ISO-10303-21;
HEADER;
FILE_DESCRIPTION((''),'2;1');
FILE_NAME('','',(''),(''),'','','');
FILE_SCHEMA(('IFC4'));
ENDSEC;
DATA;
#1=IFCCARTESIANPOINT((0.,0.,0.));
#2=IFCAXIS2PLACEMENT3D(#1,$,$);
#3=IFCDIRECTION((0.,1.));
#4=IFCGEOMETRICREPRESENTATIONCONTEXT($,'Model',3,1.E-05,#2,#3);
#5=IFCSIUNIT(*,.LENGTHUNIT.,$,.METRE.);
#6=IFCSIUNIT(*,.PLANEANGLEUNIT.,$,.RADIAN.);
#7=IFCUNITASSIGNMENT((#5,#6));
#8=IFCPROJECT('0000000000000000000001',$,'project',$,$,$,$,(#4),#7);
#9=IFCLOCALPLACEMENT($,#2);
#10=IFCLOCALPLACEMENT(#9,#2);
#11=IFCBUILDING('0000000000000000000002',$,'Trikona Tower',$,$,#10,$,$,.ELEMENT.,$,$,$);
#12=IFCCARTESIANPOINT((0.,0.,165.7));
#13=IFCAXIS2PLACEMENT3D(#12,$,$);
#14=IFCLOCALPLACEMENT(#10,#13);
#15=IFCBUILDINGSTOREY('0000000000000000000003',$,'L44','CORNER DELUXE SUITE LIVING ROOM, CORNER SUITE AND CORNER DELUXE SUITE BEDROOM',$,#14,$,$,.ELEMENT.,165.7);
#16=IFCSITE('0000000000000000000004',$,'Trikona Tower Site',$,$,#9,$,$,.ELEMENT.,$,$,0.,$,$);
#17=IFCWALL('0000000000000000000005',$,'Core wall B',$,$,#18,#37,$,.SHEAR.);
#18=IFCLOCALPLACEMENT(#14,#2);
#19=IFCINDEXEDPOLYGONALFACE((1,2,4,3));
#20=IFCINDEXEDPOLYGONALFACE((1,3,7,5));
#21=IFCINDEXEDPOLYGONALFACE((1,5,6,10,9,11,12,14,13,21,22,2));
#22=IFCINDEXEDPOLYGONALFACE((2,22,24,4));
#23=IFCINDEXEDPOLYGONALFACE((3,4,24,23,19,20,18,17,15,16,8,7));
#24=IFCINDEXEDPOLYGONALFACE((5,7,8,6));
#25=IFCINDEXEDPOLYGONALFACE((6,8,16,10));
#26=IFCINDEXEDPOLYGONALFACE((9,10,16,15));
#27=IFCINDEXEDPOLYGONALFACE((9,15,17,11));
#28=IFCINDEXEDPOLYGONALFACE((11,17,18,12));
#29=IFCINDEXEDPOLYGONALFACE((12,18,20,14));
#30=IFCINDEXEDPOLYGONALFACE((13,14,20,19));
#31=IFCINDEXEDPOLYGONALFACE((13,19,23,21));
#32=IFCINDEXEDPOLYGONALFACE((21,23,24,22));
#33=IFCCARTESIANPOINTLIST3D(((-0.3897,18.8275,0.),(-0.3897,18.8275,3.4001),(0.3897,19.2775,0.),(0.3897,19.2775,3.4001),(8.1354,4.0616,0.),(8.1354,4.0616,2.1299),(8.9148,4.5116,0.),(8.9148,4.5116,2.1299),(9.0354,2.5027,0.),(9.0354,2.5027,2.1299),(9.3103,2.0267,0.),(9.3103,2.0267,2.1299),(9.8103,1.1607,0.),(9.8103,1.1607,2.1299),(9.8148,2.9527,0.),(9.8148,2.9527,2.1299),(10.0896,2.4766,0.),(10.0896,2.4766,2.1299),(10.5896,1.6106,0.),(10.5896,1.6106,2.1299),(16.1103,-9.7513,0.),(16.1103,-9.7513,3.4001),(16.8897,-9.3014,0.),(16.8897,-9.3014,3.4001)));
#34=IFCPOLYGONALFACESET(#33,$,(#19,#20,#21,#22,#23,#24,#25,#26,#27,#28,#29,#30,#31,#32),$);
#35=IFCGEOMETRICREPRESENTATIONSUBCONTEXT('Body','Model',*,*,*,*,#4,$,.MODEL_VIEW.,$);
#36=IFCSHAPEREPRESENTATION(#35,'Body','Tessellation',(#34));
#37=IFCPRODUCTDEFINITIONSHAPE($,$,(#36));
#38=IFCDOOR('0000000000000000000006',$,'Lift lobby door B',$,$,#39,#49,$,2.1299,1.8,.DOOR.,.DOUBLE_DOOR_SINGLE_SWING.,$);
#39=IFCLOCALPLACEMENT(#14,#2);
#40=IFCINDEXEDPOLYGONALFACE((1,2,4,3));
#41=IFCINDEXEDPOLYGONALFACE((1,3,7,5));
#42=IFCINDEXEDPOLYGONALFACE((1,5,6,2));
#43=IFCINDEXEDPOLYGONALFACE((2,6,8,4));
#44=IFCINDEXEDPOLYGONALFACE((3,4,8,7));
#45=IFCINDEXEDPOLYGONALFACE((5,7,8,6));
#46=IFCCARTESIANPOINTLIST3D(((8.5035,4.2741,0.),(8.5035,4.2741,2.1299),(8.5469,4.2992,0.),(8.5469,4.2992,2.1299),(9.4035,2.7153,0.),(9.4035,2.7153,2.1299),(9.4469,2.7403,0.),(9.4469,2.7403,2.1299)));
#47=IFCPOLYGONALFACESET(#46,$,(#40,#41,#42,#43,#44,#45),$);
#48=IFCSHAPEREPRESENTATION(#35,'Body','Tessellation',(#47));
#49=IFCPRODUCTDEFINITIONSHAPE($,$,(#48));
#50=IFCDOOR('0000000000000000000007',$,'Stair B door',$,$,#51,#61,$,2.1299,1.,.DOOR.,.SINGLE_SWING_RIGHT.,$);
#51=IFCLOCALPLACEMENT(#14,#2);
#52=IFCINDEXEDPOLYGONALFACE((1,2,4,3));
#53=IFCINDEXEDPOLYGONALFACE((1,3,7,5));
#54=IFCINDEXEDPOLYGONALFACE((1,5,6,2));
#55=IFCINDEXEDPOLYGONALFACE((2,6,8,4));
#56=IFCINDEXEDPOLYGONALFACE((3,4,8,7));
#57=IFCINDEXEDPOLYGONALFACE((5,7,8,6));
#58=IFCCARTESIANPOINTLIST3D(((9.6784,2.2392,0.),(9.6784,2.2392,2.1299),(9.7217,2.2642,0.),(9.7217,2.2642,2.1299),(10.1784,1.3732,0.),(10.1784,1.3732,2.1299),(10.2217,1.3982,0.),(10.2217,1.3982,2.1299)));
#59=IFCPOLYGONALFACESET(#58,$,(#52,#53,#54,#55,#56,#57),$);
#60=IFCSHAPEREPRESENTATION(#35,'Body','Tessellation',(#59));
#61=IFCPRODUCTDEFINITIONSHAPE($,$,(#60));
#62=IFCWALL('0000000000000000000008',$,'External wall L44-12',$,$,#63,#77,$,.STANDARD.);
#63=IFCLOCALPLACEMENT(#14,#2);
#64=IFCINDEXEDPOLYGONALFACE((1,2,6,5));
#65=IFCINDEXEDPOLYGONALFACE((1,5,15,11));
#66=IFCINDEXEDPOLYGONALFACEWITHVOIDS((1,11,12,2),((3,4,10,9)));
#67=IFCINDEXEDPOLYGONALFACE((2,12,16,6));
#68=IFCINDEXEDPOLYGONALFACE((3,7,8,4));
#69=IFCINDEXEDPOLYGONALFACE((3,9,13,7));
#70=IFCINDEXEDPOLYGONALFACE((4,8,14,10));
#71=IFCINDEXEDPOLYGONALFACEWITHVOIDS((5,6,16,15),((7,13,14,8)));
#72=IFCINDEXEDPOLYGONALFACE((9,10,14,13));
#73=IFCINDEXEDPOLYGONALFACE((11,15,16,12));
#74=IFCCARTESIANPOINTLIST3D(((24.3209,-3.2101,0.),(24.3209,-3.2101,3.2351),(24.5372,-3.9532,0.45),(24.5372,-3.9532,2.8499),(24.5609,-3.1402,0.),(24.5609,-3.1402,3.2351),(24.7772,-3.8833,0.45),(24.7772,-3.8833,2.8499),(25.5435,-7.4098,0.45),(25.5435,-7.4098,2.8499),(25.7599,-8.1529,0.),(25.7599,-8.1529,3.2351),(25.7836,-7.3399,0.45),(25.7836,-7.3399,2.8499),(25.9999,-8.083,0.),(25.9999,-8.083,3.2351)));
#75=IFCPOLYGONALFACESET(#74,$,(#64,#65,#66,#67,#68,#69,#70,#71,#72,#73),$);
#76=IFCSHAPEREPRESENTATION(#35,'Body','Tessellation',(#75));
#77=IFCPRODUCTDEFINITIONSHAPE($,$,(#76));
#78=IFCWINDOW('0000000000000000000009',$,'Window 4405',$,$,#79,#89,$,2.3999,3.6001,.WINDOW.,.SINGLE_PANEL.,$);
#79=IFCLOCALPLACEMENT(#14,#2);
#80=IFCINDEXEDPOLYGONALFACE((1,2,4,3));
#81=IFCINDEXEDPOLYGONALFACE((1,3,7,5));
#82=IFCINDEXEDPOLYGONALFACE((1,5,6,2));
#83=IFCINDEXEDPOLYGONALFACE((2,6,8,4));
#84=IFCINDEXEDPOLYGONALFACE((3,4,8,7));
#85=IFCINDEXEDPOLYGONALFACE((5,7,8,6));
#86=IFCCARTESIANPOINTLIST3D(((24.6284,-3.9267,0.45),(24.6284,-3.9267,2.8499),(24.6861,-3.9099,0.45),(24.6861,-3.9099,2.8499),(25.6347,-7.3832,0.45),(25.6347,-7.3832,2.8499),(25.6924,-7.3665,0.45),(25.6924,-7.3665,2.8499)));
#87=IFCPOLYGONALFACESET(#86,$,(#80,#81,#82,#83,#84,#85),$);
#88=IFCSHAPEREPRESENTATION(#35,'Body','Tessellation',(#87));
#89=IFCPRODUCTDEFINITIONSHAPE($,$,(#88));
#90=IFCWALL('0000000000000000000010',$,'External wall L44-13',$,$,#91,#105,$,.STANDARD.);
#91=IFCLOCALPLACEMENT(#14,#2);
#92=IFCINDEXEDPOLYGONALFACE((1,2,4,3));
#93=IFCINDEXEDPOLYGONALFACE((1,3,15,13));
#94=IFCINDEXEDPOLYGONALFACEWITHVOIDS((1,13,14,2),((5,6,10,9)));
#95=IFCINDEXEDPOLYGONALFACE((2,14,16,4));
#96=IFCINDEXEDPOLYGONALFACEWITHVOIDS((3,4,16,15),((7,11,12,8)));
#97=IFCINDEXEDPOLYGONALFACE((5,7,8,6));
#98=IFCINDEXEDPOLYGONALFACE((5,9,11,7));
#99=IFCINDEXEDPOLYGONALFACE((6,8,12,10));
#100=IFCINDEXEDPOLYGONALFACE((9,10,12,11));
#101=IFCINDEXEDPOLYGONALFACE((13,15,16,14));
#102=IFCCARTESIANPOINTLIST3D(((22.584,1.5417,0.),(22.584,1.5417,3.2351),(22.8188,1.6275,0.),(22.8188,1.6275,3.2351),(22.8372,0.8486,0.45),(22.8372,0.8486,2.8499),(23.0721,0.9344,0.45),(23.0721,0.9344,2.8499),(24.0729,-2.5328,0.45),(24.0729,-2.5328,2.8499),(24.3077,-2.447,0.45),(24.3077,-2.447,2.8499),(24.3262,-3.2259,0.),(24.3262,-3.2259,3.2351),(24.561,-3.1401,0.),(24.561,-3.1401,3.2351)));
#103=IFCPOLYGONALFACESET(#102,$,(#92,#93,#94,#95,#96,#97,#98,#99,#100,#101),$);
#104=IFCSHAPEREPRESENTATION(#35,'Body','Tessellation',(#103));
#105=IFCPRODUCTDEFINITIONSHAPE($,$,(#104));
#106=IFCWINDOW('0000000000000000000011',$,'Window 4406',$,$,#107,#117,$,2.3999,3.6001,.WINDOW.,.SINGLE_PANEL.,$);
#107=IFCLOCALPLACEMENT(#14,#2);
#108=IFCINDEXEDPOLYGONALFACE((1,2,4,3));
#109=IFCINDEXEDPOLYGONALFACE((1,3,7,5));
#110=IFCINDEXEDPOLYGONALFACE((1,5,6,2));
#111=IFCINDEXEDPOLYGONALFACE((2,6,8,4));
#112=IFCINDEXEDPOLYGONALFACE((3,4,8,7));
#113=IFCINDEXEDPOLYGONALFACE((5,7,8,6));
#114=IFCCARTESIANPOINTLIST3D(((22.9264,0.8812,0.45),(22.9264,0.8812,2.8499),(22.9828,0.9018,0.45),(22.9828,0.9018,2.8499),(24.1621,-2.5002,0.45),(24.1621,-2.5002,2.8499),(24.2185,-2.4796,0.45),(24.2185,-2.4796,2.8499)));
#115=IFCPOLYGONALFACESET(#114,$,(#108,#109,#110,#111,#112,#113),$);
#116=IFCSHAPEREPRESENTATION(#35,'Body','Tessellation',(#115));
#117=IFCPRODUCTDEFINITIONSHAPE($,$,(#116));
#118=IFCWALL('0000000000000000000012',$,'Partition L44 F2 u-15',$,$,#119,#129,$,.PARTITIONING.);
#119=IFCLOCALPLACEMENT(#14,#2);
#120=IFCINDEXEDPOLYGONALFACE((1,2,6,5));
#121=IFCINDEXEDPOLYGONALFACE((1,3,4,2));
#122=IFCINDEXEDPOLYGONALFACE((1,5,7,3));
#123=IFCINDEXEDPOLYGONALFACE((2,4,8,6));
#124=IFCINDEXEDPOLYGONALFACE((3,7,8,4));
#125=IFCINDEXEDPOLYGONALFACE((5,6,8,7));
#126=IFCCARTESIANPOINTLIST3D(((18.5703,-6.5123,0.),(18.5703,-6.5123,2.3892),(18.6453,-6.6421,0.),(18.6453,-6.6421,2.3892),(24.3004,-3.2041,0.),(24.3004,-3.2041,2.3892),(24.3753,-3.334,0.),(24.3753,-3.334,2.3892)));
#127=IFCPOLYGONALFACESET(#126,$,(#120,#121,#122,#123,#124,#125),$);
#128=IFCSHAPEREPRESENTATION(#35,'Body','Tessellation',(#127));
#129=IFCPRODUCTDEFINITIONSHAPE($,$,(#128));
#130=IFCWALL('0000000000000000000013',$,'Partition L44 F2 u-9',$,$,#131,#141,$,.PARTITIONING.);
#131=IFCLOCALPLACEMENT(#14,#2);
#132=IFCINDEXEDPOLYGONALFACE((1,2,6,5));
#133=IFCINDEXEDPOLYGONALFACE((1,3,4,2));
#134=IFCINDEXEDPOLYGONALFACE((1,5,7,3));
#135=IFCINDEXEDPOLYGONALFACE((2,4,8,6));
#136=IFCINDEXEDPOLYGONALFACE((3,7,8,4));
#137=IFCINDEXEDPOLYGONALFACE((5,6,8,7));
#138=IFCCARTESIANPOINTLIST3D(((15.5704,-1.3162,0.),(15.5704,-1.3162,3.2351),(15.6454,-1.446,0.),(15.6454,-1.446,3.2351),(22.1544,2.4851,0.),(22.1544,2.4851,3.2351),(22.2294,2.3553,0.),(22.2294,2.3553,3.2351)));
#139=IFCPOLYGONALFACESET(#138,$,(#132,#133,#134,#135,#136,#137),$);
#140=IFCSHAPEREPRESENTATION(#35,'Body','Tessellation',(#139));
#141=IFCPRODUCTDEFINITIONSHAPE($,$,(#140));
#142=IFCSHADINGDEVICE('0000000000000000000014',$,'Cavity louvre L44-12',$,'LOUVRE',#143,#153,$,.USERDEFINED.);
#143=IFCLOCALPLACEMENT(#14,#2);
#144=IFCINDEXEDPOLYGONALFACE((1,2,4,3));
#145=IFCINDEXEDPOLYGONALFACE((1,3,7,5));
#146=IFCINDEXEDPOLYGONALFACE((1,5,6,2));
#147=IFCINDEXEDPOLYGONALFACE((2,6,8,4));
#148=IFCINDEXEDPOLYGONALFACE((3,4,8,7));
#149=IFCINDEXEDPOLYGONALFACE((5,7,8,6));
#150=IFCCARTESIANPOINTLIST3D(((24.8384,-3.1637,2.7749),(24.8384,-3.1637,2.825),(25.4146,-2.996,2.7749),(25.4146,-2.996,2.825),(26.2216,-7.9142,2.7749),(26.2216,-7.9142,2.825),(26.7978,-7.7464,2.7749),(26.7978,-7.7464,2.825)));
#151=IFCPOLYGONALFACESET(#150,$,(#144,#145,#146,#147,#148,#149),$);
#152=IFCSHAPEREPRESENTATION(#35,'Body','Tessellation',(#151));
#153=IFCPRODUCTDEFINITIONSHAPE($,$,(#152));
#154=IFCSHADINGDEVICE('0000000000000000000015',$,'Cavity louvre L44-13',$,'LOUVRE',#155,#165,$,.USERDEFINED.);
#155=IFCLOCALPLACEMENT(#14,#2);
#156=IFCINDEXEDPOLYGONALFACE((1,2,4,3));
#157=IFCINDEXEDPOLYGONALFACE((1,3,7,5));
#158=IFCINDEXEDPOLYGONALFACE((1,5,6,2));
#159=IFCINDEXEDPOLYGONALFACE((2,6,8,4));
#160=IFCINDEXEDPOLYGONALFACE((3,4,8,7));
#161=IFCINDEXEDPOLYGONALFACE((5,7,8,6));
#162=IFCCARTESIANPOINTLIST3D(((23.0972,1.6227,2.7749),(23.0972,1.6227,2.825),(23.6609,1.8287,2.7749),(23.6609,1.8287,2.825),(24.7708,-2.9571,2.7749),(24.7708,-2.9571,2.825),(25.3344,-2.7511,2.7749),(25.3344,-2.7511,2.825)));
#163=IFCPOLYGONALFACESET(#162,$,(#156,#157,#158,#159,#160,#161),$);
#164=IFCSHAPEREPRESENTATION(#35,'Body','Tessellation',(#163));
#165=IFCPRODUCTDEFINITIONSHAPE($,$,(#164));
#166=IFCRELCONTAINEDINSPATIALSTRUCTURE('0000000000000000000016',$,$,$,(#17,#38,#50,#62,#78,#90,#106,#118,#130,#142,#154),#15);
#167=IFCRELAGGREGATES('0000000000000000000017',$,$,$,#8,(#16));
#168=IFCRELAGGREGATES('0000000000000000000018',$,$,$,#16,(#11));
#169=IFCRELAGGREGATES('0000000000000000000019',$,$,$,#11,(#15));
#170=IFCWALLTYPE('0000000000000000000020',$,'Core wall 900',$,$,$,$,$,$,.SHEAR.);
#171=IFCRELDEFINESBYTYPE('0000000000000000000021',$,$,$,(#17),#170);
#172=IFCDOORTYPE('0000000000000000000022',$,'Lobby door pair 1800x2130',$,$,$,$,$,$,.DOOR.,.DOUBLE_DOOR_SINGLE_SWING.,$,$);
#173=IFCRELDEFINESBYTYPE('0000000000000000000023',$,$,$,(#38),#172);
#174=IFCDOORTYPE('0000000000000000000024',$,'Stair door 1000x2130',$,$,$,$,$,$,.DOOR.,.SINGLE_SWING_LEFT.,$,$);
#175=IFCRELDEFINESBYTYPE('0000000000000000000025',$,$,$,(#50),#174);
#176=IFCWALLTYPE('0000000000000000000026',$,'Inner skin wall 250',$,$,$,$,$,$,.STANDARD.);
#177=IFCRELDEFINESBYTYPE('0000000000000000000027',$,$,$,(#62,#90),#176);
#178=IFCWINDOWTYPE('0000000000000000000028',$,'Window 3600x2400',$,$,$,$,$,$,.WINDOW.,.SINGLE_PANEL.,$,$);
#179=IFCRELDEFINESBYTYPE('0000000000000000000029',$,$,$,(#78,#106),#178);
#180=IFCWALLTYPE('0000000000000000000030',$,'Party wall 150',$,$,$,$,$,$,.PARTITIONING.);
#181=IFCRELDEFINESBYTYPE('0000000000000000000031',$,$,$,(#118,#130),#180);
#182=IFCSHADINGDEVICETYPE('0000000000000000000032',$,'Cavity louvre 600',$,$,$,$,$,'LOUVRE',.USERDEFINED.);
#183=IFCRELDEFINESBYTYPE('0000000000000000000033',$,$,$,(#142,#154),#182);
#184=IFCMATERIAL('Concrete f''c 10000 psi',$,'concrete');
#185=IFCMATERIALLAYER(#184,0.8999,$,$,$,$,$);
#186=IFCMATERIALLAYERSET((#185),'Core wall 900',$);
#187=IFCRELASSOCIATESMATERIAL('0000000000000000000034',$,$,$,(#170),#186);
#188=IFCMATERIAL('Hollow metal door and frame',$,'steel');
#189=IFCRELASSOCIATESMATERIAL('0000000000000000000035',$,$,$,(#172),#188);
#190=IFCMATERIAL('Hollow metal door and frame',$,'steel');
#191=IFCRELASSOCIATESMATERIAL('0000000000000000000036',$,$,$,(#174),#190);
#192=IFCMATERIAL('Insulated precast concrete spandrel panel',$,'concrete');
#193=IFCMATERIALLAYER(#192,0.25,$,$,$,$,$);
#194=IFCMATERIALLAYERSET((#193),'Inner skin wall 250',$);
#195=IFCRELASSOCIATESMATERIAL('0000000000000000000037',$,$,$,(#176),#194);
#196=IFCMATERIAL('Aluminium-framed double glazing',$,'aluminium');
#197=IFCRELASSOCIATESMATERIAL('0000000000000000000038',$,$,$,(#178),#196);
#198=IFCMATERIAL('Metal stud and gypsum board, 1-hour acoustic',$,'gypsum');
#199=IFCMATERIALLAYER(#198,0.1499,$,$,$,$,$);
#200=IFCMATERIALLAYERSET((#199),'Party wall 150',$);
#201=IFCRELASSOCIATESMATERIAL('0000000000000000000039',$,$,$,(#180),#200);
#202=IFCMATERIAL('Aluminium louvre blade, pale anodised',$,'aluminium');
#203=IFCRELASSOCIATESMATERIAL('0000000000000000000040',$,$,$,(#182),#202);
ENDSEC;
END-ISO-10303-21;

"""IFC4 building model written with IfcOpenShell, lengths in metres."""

from ifc_helpers import new_model, si_unit, direction, frame, frame_2d, origin, origin_2d, place, context, subcontext, project, spatial, rectangle, extrude, material, layer, layer_set, type_object, element, fill, save


model = new_model("IFC4")

# Units and contexts
model_context = context("Model", 3, precision=1e-05, world=origin(), true_north=direction((0.0, 1.0)))
body_context = subcontext(model_context, "Body", "Model", "MODEL_VIEW")
ifc_project = project(units=[si_unit("LENGTHUNIT", "METRE"), si_unit("PLANEANGLEUNIT", "RADIAN")], contexts=[model_context])

# Site, building, storey
site_placement = place(None, origin())
site = spatial("IfcSite", under=ifc_project, at=site_placement, Name="Trikona Tower Site", CompositionType="ELEMENT", RefElevation=0.0)
building_placement = place(site_placement, origin())
building = spatial("IfcBuilding", under=site, at=building_placement, Name="Trikona Tower", CompositionType="ELEMENT")
storey_placement = place(building_placement, frame((0.0, 0.0, 165.7)))
storey = spatial("IfcBuildingStorey", under=building, at=storey_placement, Name="L44", Description="CORNER DELUXE SUITE LIVING ROOM, CORNER SUITE AND CORNER DELUXE SUITE BEDROOM", CompositionType="ELEMENT", Elevation=165.7)

# Wall, openings, doors
ifc_material_1 = material(Name="Concrete f'c 10000 psi", Category="concrete")
ifc_layer_1 = layer(ifc_material_1, 0.8999)
ifc_layer_set_1 = layer_set([ifc_layer_1], Name="Core wall 900")
wall_type_1 = type_object("IfcWallType", Name="Core wall 900", PredefinedType="SHEAR", material=ifc_layer_set_1)
wall_1_placement = place(storey_placement, frame((16.5, -9.5264, 0.0), z_axis=(0.0, 0.0, 1.0), x_axis=(-0.5, 0.866026, 0.0)))
wall_1 = element("IfcWall", 1, at=wall_1_placement, inside=storey, type_object=wall_type_1, Name="Core wall B", PredefinedType="SHEAR", context=body_context, shape_type="SweptSolid", body=[
    extrude(rectangle(XDim=33.0, YDim=0.8999, at=frame_2d((16.5, 0.0))), origin(), (0.0, 0.0, 1.0), 3.4001),
])
opening_1_placement = place(wall_1_placement, frame((14.1499, 0.0, 0.0)))
opening_1 = element("IfcOpeningElement", 2, at=opening_1_placement, cuts=wall_1, PredefinedType="OPENING", context=body_context, shape_type="SweptSolid", body=[
    extrude(rectangle(XDim=1.8, YDim=2.1299, at=frame_2d((0.8999, 1.0649))), frame((0.0, 0.46, 0.0), z_axis=(0.0, -1.0, 0.0), x_axis=(1.0, 0.0, 0.0)), (0.0, 0.0, 1.0), 0.9199),
])
opening_2_placement = place(wall_1_placement, frame((12.6001, 0.0, 0.0)))
opening_2 = element("IfcOpeningElement", 3, at=opening_2_placement, cuts=wall_1, PredefinedType="OPENING", context=body_context, shape_type="SweptSolid", body=[
    extrude(rectangle(XDim=1.0, YDim=2.1299, at=frame_2d((0.5, 1.0649))), frame((0.0, 0.46, 0.0), z_axis=(0.0, -1.0, 0.0), x_axis=(1.0, 0.0, 0.0)), (0.0, 0.0, 1.0), 0.9199),
])
ifc_material_2 = material(Name="Hollow metal door and frame", Category="steel")
door_type_1 = type_object("IfcDoorType", Name="Lobby door pair 1800x2130", OperationType="DOUBLE_DOOR_SINGLE_SWING", PredefinedType="DOOR", material=ifc_material_2)
door_1_placement = place(opening_1_placement, origin())
door_1 = element("IfcDoor", 4, at=door_1_placement, inside=storey, type_object=door_type_1, Name="Lift lobby door B", OperationType="DOUBLE_DOOR_SINGLE_SWING", OverallHeight=2.1299, OverallWidth=1.8, PredefinedType="DOOR", context=body_context, shape_type="SweptSolid", body=[
    extrude(rectangle(XDim=1.8, YDim=2.1299, at=frame_2d((0.8999, 1.0649))), frame((0.0, 0.0249, 0.0), z_axis=(0.0, -1.0, 0.0), x_axis=(1.0, 0.0, 0.0)), (0.0, 0.0, 1.0), 0.05),
])
fill(opening_1, door_1)
ifc_material_3 = material(Name="Hollow metal door and frame", Category="steel")
door_type_2 = type_object("IfcDoorType", Name="Stair door 1000x2130", OperationType="SINGLE_SWING_LEFT", PredefinedType="DOOR", material=ifc_material_3)
door_2_placement = place(opening_2_placement, origin())
door_2 = element("IfcDoor", 5, at=door_2_placement, inside=storey, type_object=door_type_2, Name="Stair B door", OperationType="SINGLE_SWING_RIGHT", OverallHeight=2.1299, OverallWidth=1.0, PredefinedType="DOOR", context=body_context, shape_type="SweptSolid", body=[
    extrude(rectangle(XDim=1.0, YDim=2.1299, at=frame_2d((0.5, 1.0649))), frame((0.0, 0.0249, 0.0), z_axis=(0.0, -1.0, 0.0), x_axis=(1.0, 0.0, 0.0)), (0.0, 0.0, 1.0), 0.05),
])
fill(opening_2, door_2)

# Walls, openings, windows
ifc_material_4 = material(Name="Insulated precast concrete spandrel panel", Category="concrete")
ifc_layer_2 = layer(ifc_material_4, 0.25)
ifc_layer_set_2 = layer_set([ifc_layer_2], Name="Inner skin wall 250")
wall_type_2 = type_object("IfcWallType", Name="Inner skin wall 250", PredefinedType="STANDARD", material=ifc_layer_set_2)
wall_2_placement = place(storey_placement, frame((25.8799, -8.1179, 0.0), z_axis=(0.0, 0.0, 1.0), x_axis=(-0.279528, 0.960137, 0.0)))
wall_2 = element("IfcWall", 6, at=wall_2_placement, inside=storey, type_object=wall_type_2, Name="External wall L44-12", PredefinedType="STANDARD", context=body_context, shape_type="SweptSolid", body=[
    extrude(rectangle(XDim=5.1479, YDim=0.25, at=frame_2d((2.574, 0.0))), origin(), (0.0, 0.0, 1.0), 3.2351),
])
opening_3_placement = place(wall_2_placement, frame((0.7739, 0.0, 0.45)))
opening_3 = element("IfcOpeningElement", 7, at=opening_3_placement, cuts=wall_2, PredefinedType="OPENING", context=body_context, shape_type="SweptSolid", body=[
    extrude(rectangle(XDim=3.6001, YDim=2.3999, at=frame_2d((1.8, 1.2))), frame((0.0, 0.135, 0.0), z_axis=(0.0, -1.0, 0.0), x_axis=(1.0, 0.0, 0.0)), (0.0, 0.0, 1.0), 0.27),
])
ifc_material_5 = material(Name="Aluminium-framed double glazing", Category="aluminium")
window_type = type_object("IfcWindowType", Name="Window 3600x2400", PartitioningType="SINGLE_PANEL", PredefinedType="WINDOW", material=ifc_material_5)
window_1_placement = place(opening_3_placement, origin())
window_1 = element("IfcWindow", 8, at=window_1_placement, inside=storey, type_object=window_type, Name="Window 4405", OverallHeight=2.3999, OverallWidth=3.6001, PartitioningType="SINGLE_PANEL", PredefinedType="WINDOW", context=body_context, shape_type="SweptSolid", body=[
    extrude(rectangle(XDim=3.6001, YDim=2.3999, at=frame_2d((1.8, 1.2))), frame((0.0, 0.03, 0.0), z_axis=(0.0, -1.0, 0.0), x_axis=(1.0, 0.0, 0.0)), (0.0, 0.0, 1.0), 0.0601),
])
fill(opening_3, window_1)
wall_3_placement = place(storey_placement, frame((24.4436, -3.1831, 0.0), z_axis=(0.0, 0.0, 1.0), x_axis=(-0.343226, 0.939253, 0.0)))
wall_3 = element("IfcWall", 9, at=wall_3_placement, inside=storey, type_object=wall_type_2, Name="External wall L44-13", PredefinedType="STANDARD", context=body_context, shape_type="SweptSolid", body=[
    extrude(rectangle(XDim=5.0759, YDim=0.25, at=frame_2d((2.5381, 0.0))), origin(), (0.0, 0.0, 1.0), 3.2351),
])
opening_4_placement = place(wall_3_placement, frame((0.738, 0.0, 0.45)))
opening_4 = element("IfcOpeningElement", 10, at=opening_4_placement, cuts=wall_3, PredefinedType="OPENING", context=body_context, shape_type="SweptSolid", body=[
    extrude(rectangle(XDim=3.6001, YDim=2.3999, at=frame_2d((1.8, 1.2))), frame((0.0, 0.135, 0.0), z_axis=(0.0, -1.0, 0.0), x_axis=(1.0, 0.0, 0.0)), (0.0, 0.0, 1.0), 0.27),
])
window_2_placement = place(opening_4_placement, origin())
window_2 = element("IfcWindow", 11, at=window_2_placement, inside=storey, type_object=window_type, Name="Window 4406", OverallHeight=2.3999, OverallWidth=3.6001, PartitioningType="SINGLE_PANEL", PredefinedType="WINDOW", context=body_context, shape_type="SweptSolid", body=[
    extrude(rectangle(XDim=3.6001, YDim=2.3999, at=frame_2d((1.8, 1.2))), frame((0.0, 0.03, 0.0), z_axis=(0.0, -1.0, 0.0), x_axis=(1.0, 0.0, 0.0)), (0.0, 0.0, 1.0), 0.0601),
])
fill(opening_4, window_2)

# Walls
ifc_material_6 = material(Name="Metal stud and gypsum board, 1-hour acoustic", Category="gypsum")
ifc_layer_3 = layer(ifc_material_6, 0.1499)
ifc_layer_set_3 = layer_set([ifc_layer_3], Name="Party wall 150")
wall_type_3 = type_object("IfcWallType", Name="Party wall 150", PredefinedType="PARTITIONING", material=ifc_layer_set_3)
wall_4_placement = place(storey_placement, frame((18.6079, -6.5771, 0.0), z_axis=(0.0, 0.0, 1.0), x_axis=(0.866032, 0.499989, 0.0)))
element("IfcWall", 12, at=wall_4_placement, inside=storey, type_object=wall_type_3, Name="Partition L44 F2 u-15", PredefinedType="PARTITIONING", context=body_context, shape_type="SweptSolid", body=[
    extrude(rectangle(XDim=6.6165, YDim=0.1499, at=frame_2d((3.3081, 0.0))), origin(), (0.0, 0.0, 1.0), 2.3892),
])
wall_5_placement = place(storey_placement, frame((15.6079, -1.3811, 0.0), z_axis=(0.0, 0.0, 1.0), x_axis=(0.866025, 0.5, 0.0)))
element("IfcWall", 13, at=wall_5_placement, inside=storey, type_object=wall_type_3, Name="Partition L44 F2 u-9", PredefinedType="PARTITIONING", context=body_context, shape_type="SweptSolid", body=[
    extrude(rectangle(XDim=7.6025, YDim=0.1499, at=frame_2d((3.8013, 0.0))), origin(), (0.0, 0.0, 1.0), 3.2351),
])

# Shading devices
ifc_material_7 = material(Name="Aluminium louvre blade, pale anodised", Category="aluminium")
shading_device_type = type_object("IfcShadingDeviceType", Name="Cavity louvre 600", ElementType="LOUVRE", PredefinedType="USERDEFINED", material=ifc_material_7)
shading_device_1_placement = place(storey_placement, frame((25.8181, -5.4551, 2.7749), z_axis=(0.0, 0.0, 1.0), x_axis=(-0.279554, 0.96013, 0.0)))
element("IfcShadingDevice", 14, at=shading_device_1_placement, inside=storey, type_object=shading_device_type, Name="Cavity louvre L44-12", ObjectType="LOUVRE", PredefinedType="USERDEFINED", context=body_context, shape_type="SweptSolid", body=[
    extrude(rectangle(XDim=4.9478, YDim=0.6001, at=origin_2d()), origin(), (0.0, 0.0, 1.0), 0.05),
])
shading_device_2_placement = place(storey_placement, frame((24.2158, -0.5642, 2.7749), z_axis=(0.0, 0.0, 1.0), x_axis=(-0.34322, 0.939255, 0.0)))
element("IfcShadingDevice", 15, at=shading_device_2_placement, inside=storey, type_object=shading_device_type, Name="Cavity louvre L44-13", ObjectType="LOUVRE", PredefinedType="USERDEFINED", context=body_context, shape_type="SweptSolid", body=[
    extrude(rectangle(XDim=4.876, YDim=0.6001, at=origin_2d()), origin(), (0.0, 0.0, 1.0), 0.05),
])

save(model, "model.ifc")
